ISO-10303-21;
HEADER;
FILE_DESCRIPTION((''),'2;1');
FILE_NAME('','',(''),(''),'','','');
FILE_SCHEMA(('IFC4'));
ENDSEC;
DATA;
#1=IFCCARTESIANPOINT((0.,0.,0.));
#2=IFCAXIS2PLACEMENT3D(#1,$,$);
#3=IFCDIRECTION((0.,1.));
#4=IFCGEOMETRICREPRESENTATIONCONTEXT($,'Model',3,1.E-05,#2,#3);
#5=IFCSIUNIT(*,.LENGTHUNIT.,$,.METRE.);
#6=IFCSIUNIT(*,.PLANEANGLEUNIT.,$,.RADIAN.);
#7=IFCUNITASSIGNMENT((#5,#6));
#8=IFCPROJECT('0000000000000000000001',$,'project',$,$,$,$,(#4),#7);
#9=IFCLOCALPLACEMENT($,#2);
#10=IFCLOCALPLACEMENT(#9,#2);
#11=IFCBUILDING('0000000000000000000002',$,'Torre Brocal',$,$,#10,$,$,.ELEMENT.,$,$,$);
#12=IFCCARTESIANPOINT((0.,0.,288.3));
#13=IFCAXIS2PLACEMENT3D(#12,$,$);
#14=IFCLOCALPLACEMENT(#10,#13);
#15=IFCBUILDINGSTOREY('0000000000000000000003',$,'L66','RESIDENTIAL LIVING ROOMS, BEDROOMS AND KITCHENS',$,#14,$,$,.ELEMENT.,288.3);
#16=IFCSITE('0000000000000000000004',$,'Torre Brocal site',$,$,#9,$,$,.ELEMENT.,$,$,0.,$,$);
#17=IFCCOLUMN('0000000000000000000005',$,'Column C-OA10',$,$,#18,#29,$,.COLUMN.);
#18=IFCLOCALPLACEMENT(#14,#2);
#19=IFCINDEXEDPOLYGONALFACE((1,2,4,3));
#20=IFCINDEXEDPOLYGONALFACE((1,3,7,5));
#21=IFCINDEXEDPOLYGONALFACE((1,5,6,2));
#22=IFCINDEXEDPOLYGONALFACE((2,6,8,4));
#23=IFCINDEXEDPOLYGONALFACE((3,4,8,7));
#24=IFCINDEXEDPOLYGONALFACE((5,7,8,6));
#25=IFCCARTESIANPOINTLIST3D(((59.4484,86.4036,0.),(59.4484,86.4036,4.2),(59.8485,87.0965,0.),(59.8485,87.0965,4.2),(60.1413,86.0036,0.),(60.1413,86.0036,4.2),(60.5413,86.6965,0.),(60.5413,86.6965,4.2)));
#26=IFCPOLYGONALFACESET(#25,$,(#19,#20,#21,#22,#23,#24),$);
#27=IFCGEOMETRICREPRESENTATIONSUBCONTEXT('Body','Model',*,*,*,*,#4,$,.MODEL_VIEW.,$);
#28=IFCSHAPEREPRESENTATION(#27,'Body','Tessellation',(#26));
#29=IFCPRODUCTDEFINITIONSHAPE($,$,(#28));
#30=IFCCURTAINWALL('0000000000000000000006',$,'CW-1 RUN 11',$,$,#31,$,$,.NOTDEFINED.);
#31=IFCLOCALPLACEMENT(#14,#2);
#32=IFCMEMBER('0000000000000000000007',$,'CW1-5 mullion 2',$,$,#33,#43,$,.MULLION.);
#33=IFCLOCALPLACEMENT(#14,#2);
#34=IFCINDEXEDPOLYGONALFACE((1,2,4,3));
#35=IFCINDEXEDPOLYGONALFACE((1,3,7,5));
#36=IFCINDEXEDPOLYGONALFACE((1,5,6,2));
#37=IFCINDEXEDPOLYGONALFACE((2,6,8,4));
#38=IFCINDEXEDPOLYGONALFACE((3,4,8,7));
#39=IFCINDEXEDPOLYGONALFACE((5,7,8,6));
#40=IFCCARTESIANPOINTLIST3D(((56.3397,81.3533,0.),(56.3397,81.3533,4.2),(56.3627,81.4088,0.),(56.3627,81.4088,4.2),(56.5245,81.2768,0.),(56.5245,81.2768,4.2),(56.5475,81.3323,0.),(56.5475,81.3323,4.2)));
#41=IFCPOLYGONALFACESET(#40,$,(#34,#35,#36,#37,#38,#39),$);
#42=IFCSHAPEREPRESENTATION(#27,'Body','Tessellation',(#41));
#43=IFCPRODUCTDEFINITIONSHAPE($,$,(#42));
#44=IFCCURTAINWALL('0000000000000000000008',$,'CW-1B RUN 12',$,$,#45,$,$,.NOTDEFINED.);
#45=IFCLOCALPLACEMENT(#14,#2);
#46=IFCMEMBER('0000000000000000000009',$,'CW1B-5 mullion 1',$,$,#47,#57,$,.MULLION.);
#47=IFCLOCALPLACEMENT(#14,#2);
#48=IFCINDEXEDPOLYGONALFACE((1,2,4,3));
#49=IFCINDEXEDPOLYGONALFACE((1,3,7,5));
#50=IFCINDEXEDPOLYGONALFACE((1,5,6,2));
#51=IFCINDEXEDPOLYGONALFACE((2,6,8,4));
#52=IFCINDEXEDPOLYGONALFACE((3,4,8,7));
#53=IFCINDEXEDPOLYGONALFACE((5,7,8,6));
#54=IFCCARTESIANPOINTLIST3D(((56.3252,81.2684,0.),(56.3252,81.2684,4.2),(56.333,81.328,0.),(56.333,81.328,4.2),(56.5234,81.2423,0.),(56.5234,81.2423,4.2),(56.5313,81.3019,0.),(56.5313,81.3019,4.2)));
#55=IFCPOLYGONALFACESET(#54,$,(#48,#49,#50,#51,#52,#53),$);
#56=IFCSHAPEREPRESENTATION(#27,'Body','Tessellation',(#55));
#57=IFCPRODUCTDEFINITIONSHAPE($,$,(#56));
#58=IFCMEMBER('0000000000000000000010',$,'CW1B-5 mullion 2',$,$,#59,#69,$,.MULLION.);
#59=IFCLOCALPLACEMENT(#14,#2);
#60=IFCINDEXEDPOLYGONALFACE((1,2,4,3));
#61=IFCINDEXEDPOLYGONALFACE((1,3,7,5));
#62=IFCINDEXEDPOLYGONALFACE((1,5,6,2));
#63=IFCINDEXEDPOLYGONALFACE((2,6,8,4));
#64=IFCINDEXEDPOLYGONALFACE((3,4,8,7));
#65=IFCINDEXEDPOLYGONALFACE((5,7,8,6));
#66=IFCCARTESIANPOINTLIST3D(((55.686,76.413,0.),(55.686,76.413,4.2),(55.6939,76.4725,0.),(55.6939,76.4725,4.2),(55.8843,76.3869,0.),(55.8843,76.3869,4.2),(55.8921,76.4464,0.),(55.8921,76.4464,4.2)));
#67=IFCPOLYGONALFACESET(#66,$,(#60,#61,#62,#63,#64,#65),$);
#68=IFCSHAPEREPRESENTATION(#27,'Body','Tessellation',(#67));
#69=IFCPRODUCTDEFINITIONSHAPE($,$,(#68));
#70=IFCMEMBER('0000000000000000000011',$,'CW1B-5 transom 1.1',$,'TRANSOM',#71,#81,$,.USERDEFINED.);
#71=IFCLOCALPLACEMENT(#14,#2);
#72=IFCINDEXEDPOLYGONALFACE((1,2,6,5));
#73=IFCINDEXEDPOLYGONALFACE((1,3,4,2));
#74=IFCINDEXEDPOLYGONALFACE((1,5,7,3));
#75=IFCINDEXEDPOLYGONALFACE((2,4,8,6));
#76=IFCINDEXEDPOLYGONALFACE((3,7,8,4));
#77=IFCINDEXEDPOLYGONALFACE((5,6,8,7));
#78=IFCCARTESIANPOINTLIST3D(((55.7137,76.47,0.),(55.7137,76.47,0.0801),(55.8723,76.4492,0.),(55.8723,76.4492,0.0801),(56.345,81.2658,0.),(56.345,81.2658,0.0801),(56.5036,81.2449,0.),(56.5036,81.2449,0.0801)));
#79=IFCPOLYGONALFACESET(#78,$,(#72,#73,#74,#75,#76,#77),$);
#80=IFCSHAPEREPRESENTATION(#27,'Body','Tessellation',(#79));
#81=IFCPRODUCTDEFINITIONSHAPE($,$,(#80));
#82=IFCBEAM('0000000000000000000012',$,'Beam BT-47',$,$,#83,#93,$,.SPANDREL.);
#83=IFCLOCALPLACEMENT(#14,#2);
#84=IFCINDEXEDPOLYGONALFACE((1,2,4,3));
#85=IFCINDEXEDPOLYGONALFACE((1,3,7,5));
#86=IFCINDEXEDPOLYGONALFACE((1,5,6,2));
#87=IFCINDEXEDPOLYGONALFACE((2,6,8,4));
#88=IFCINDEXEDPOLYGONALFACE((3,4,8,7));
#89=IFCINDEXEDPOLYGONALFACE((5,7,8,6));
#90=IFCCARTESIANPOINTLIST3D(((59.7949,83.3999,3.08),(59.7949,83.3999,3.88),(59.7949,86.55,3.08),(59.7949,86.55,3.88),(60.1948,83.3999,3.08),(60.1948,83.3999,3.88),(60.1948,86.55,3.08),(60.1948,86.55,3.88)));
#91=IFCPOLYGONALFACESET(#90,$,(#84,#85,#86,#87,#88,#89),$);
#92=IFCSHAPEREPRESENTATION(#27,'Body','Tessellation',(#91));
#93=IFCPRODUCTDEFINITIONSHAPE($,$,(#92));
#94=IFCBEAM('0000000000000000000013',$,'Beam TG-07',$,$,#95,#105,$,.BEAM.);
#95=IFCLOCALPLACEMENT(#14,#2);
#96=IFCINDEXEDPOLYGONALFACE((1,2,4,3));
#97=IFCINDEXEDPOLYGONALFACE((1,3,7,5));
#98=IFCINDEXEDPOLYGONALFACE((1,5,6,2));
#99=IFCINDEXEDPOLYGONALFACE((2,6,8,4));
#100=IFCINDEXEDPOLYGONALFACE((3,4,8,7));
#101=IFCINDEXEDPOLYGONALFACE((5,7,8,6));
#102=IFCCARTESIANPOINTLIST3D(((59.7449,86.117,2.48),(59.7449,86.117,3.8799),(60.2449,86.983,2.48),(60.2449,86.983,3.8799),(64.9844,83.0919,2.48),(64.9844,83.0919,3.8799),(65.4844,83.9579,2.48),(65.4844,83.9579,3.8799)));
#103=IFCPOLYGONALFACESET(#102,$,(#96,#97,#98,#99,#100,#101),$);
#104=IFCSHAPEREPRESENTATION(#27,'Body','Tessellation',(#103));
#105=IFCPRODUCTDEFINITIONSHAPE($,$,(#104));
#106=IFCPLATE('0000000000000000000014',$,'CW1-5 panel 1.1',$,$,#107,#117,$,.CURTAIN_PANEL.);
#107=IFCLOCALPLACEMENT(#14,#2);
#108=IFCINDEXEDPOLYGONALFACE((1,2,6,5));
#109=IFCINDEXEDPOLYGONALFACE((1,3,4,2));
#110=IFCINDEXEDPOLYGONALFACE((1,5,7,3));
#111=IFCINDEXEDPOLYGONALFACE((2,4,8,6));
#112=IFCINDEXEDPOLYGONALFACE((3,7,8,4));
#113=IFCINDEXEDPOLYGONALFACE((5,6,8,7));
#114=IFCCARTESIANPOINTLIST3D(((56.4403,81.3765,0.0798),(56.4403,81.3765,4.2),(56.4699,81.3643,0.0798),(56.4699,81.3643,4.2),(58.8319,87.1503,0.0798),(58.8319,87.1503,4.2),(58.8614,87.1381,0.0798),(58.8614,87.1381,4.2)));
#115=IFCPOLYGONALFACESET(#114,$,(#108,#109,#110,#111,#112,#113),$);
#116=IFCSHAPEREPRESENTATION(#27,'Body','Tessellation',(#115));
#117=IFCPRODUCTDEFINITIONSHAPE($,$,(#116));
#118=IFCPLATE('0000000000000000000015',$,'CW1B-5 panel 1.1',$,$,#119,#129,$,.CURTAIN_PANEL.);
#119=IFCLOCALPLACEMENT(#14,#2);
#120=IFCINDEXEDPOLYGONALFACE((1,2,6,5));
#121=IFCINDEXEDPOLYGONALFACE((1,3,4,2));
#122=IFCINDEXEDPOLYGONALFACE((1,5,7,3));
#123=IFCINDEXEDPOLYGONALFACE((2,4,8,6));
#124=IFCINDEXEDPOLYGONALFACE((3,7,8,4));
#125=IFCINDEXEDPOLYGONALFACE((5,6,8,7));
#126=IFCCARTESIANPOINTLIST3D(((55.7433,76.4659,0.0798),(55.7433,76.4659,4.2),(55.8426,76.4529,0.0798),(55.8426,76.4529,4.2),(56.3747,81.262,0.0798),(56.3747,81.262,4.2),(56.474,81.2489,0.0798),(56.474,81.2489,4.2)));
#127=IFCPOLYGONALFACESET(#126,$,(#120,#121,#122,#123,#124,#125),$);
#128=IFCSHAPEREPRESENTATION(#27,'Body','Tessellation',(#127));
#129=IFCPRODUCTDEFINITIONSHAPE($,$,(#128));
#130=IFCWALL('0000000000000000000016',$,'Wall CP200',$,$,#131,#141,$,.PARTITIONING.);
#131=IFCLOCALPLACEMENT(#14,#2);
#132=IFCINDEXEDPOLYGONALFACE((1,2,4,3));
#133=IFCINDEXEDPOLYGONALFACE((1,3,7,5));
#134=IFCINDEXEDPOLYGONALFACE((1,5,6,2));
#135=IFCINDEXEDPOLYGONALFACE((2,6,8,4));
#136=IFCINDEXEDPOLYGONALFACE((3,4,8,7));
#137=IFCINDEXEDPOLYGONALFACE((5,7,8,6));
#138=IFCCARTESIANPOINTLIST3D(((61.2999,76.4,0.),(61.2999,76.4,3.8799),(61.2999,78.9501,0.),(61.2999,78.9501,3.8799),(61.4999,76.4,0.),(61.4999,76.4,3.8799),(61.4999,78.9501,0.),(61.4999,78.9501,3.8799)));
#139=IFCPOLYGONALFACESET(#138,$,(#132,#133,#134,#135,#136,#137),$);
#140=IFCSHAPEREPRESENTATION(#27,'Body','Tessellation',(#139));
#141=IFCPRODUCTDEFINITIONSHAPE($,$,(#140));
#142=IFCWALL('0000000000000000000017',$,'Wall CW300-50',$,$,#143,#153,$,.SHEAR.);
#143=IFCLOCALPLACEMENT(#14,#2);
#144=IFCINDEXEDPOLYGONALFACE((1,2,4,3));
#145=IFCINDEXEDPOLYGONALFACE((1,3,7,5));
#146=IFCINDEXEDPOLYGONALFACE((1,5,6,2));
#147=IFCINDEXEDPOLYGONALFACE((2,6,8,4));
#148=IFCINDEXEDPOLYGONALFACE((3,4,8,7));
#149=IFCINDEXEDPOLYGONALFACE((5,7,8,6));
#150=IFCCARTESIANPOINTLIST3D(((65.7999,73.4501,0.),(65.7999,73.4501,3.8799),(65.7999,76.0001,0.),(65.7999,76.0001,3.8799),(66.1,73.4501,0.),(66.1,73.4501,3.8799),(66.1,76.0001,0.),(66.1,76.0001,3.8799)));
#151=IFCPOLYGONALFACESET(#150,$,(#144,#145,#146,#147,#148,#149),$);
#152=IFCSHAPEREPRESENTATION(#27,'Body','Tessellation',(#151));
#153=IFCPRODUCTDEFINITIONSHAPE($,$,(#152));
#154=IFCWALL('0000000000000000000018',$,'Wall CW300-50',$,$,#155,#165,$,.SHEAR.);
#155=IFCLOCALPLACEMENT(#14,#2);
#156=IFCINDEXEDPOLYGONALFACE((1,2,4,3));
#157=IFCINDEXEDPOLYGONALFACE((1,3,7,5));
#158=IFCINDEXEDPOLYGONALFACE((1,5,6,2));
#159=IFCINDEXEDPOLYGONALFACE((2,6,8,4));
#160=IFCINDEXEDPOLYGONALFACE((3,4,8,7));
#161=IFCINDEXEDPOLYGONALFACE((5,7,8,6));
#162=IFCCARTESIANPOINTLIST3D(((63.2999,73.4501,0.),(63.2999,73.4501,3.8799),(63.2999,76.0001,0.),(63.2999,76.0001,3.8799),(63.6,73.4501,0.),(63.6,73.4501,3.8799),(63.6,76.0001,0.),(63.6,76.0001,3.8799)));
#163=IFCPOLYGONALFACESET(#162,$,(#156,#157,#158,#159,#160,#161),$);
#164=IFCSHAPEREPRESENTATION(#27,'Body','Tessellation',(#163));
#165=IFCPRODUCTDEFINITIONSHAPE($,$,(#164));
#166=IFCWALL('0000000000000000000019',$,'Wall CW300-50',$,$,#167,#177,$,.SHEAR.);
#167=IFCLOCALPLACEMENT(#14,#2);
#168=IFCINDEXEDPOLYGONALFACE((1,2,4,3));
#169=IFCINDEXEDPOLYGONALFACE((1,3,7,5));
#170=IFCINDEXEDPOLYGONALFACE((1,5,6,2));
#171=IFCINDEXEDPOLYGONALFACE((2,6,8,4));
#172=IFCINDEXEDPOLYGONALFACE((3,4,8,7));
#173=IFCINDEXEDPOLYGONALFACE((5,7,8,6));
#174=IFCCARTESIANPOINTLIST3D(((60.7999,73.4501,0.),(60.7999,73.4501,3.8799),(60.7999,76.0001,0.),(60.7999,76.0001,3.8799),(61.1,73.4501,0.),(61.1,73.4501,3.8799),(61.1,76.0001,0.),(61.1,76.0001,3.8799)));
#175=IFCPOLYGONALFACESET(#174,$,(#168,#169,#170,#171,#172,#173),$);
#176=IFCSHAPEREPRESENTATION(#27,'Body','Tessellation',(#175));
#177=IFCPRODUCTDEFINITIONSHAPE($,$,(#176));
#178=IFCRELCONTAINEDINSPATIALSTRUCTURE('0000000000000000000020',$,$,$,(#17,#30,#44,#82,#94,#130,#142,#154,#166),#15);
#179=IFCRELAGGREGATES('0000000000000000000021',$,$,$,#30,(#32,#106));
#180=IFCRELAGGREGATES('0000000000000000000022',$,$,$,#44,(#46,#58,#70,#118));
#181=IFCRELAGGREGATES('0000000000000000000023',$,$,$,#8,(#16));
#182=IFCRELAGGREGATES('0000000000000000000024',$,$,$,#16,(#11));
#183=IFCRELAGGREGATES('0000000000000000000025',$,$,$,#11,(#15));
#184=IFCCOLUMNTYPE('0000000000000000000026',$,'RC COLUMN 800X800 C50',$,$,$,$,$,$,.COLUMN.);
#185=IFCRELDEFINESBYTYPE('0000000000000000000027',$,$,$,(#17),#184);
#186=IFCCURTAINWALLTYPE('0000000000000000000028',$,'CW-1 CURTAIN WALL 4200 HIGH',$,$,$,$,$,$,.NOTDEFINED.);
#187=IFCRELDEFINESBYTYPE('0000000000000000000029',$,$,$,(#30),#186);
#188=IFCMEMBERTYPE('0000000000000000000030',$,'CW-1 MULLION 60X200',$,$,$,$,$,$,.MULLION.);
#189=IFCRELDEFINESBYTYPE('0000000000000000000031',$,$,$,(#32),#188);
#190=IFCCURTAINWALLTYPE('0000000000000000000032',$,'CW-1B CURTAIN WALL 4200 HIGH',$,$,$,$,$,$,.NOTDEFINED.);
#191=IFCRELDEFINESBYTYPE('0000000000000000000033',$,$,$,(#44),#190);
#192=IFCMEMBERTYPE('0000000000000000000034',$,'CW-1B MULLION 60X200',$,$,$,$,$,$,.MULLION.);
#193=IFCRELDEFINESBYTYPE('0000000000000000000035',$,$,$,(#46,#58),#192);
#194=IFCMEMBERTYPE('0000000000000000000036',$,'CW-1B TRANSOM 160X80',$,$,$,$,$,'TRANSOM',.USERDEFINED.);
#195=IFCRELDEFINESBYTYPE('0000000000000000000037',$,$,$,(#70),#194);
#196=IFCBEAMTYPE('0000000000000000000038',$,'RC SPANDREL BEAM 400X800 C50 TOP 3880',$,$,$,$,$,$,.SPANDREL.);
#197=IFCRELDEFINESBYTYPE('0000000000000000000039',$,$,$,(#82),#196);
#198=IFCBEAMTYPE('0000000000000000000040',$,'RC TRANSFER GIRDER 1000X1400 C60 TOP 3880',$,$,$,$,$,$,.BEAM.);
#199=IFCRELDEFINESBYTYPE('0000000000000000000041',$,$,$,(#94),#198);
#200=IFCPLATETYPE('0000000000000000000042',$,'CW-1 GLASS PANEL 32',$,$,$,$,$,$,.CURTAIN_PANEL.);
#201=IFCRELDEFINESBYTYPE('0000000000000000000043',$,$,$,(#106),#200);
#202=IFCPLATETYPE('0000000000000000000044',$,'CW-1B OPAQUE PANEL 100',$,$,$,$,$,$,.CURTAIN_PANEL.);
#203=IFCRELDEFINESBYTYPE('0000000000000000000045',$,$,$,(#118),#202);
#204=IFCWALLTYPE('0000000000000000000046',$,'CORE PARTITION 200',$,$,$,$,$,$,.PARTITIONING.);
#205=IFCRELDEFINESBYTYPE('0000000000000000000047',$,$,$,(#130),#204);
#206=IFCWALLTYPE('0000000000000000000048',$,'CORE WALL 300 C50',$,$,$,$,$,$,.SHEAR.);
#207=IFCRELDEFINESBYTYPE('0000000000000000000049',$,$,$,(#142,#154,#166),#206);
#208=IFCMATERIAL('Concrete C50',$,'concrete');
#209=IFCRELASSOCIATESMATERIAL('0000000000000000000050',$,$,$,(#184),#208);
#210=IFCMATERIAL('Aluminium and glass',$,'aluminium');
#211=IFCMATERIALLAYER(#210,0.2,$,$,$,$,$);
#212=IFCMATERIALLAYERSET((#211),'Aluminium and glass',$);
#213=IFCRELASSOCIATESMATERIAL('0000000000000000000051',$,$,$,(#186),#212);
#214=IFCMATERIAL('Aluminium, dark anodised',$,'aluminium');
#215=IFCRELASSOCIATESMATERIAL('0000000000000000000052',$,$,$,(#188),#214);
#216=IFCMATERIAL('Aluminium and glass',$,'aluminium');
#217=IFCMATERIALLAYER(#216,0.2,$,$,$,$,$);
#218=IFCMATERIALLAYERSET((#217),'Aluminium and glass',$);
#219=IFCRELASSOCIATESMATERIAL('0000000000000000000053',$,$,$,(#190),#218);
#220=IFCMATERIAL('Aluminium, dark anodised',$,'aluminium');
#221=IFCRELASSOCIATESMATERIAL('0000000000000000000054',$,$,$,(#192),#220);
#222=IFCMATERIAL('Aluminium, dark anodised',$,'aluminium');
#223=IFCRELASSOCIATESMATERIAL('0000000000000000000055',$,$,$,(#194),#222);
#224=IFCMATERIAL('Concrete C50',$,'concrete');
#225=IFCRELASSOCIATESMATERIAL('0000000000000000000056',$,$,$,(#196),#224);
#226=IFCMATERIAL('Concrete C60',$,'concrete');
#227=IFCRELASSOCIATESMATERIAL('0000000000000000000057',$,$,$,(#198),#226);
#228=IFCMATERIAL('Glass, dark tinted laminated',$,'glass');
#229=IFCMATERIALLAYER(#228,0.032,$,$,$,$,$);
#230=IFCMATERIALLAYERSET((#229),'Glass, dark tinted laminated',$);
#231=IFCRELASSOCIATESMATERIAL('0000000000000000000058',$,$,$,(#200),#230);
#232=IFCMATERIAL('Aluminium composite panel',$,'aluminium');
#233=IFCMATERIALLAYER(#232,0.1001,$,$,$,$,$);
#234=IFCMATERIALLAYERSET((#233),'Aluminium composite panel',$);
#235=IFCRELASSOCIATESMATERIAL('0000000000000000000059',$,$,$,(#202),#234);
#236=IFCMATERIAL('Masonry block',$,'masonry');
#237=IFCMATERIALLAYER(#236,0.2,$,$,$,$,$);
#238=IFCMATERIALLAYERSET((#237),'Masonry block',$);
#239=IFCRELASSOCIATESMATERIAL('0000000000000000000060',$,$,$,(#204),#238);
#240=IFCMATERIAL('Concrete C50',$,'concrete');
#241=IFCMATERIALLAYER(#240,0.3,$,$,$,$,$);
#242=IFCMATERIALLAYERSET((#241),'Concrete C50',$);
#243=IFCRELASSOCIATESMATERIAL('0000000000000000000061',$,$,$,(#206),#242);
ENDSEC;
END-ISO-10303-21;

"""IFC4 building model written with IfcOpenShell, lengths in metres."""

from ifc_helpers import new_model, si_unit, direction, frame, frame_2d, origin, origin_2d, place, context, subcontext, project, spatial, rectangle, extrude, material, layer, layer_set, material_profile, profile_set, type_object, element, aggregate, save


model = new_model("IFC4")

# Units and contexts
model_context = context("Model", 3, precision=1e-05, world=origin(), true_north=direction((0.0, 1.0)))
body_context = subcontext(model_context, "Body", "Model", "MODEL_VIEW")
ifc_project = project(units=[si_unit("LENGTHUNIT", "METRE"), si_unit("PLANEANGLEUNIT", "RADIAN")], contexts=[model_context])

# Site, building, storey
site_placement = place(None, origin())
site = spatial("IfcSite", under=ifc_project, at=site_placement, Name="Torre Brocal site", CompositionType="ELEMENT", RefElevation=0.0)
building_placement = place(site_placement, origin())
building = spatial("IfcBuilding", under=site, at=building_placement, Name="Torre Brocal", CompositionType="ELEMENT")
storey_placement = place(building_placement, frame((0.0, 0.0, 288.3)))
storey = spatial("IfcBuildingStorey", under=building, at=storey_placement, Name="L66", Description="RESIDENTIAL LIVING ROOMS, BEDROOMS AND KITCHENS", CompositionType="ELEMENT", Elevation=288.3)

# Column
ifc_material_1 = material(Name="Concrete C50", Category="concrete")
ifc_material_profile_1 = material_profile(ifc_material_1, rectangle(XDim=0.8, YDim=0.8, at=origin_2d()), Name="RC 800X800")
ifc_profile_set_1 = profile_set([ifc_material_profile_1], Name="Concrete C50")
column_type = type_object("IfcColumnType", Name="RC COLUMN 800X800 C50", PredefinedType="COLUMN", material=ifc_profile_set_1)
column_placement = place(storey_placement, frame((59.9949, 86.55, 0.0), z_axis=(0.0, 0.0, 1.0), x_axis=(-0.866025, 0.5, 0.0)))
element("IfcColumn", 1, at=column_placement, inside=storey, type_object=column_type, Name="Column C-OA10", PredefinedType="COLUMN", context=body_context, shape_type="SweptSolid", body=[
    extrude(rectangle(XDim=0.8, YDim=0.8, at=origin_2d()), origin(), (0.0, 0.0, 1.0), 4.2),
])

# Curtain wall, member
ifc_material_2 = material(Name="Aluminium and glass", Category="aluminium")
ifc_layer_1 = layer(ifc_material_2, 0.2)
ifc_layer_set_1 = layer_set([ifc_layer_1], Name="Aluminium and glass")
curtain_wall_type_1 = type_object("IfcCurtainWallType", Name="CW-1 CURTAIN WALL 4200 HIGH", PredefinedType="NOTDEFINED", material=ifc_layer_set_1)
curtain_wall_1_placement = place(storey_placement, origin())
curtain_wall_1 = element("IfcCurtainWall", 2, at=curtain_wall_1_placement, inside=storey, type_object=curtain_wall_type_1, Name="CW-1 RUN 11", PredefinedType="NOTDEFINED")
ifc_material_3 = material(Name="Aluminium, dark anodised", Category="aluminium")
ifc_material_profile_2 = material_profile(ifc_material_3, rectangle(XDim=0.2, YDim=0.0601, at=origin_2d()), Name="CW-1 MULLION 60X200")
ifc_profile_set_2 = profile_set([ifc_material_profile_2], Name="Aluminium, dark anodised")
member_type_1 = type_object("IfcMemberType", Name="CW-1 MULLION 60X200", PredefinedType="MULLION", material=ifc_profile_set_2)
member_1_placement = place(storey_placement, frame((56.4436, 81.3428, 0.0), z_axis=(0.0, 0.0, 1.0), x_axis=(0.92388, -0.382683, 0.0)))
member_1 = element("IfcMember", 3, at=member_1_placement, type_object=member_type_1, Name="CW1-5 mullion 2", PredefinedType="MULLION", context=body_context, shape_type="SweptSolid", body=[
    extrude(rectangle(XDim=0.2, YDim=0.0601, at=origin_2d()), origin(), (0.0, 0.0, 1.0), 4.2),
])

# Curtain wall, members
ifc_material_4 = material(Name="Aluminium and glass", Category="aluminium")
ifc_layer_2 = layer(ifc_material_4, 0.2)
ifc_layer_set_2 = layer_set([ifc_layer_2], Name="Aluminium and glass")
curtain_wall_type_2 = type_object("IfcCurtainWallType", Name="CW-1B CURTAIN WALL 4200 HIGH", PredefinedType="NOTDEFINED", material=ifc_layer_set_2)
curtain_wall_2_placement = place(storey_placement, origin())
curtain_wall_2 = element("IfcCurtainWall", 4, at=curtain_wall_2_placement, inside=storey, type_object=curtain_wall_type_2, Name="CW-1B RUN 12", PredefinedType="NOTDEFINED")
ifc_material_5 = material(Name="Aluminium, dark anodised", Category="aluminium")
ifc_material_profile_3 = material_profile(ifc_material_5, rectangle(XDim=0.2, YDim=0.0601, at=origin_2d()), Name="CW-1B MULLION 60X200")
ifc_profile_set_3 = profile_set([ifc_material_profile_3], Name="Aluminium, dark anodised")
member_type_2 = type_object("IfcMemberType", Name="CW-1B MULLION 60X200", PredefinedType="MULLION", material=ifc_profile_set_3)
member_2_placement = place(storey_placement, frame((56.4282, 81.2852, 0.0), z_axis=(0.0, 0.0, 1.0), x_axis=(0.991445, -0.130526, 0.0)))
member_2 = element("IfcMember", 5, at=member_2_placement, type_object=member_type_2, Name="CW1B-5 mullion 1", PredefinedType="MULLION", context=body_context, shape_type="SweptSolid", body=[
    extrude(rectangle(XDim=0.2, YDim=0.0601, at=origin_2d()), origin(), (0.0, 0.0, 1.0), 4.2),
])
member_3_placement = place(storey_placement, frame((55.7891, 76.4297, 0.0), z_axis=(0.0, 0.0, 1.0), x_axis=(0.991445, -0.130526, 0.0)))
member_3 = element("IfcMember", 6, at=member_3_placement, type_object=member_type_2, Name="CW1B-5 mullion 2", PredefinedType="MULLION", context=body_context, shape_type="SweptSolid", body=[
    extrude(rectangle(XDim=0.2, YDim=0.0601, at=origin_2d()), origin(), (0.0, 0.0, 1.0), 4.2),
])
ifc_material_6 = material(Name="Aluminium, dark anodised", Category="aluminium")
ifc_material_profile_4 = material_profile(ifc_material_6, rectangle(XDim=0.1599, YDim=0.0801, at=origin_2d()), Name="CW-1B TRANSOM 160X80")
ifc_profile_set_4 = profile_set([ifc_material_profile_4], Name="Aluminium, dark anodised")
member_type_3 = type_object("IfcMemberType", Name="CW-1B TRANSOM 160X80", ElementType="TRANSOM", PredefinedType="USERDEFINED", material=ifc_profile_set_4)
member_4_placement = place(storey_placement, frame((56.4243, 81.2554, 0.04), z_axis=(-0.130517, -0.991446, 0.0), x_axis=(0.991446, -0.130517, 0.0)))
member_4 = element("IfcMember", 7, at=member_4_placement, type_object=member_type_3, Name="CW1B-5 transom 1.1", ObjectType="TRANSOM", PredefinedType="USERDEFINED", context=body_context, shape_type="SweptSolid", body=[
    extrude(rectangle(XDim=0.1599, YDim=0.0801, at=origin_2d()), origin(), (0.0, 0.0, 1.0), 4.8372),
])

# Beams
ifc_material_7 = material(Name="Concrete C50", Category="concrete")
ifc_material_profile_5 = material_profile(ifc_material_7, rectangle(XDim=0.3999, YDim=0.8, at=origin_2d()), Name="RC 400X800")
ifc_profile_set_5 = profile_set([ifc_material_profile_5], Name="Concrete C50")
beam_type_1 = type_object("IfcBeamType", Name="RC SPANDREL BEAM 400X800 C50 TOP 3880", PredefinedType="SPANDREL", material=ifc_profile_set_5)
beam_1_placement = place(storey_placement, frame((59.9949, 86.55, 3.48), z_axis=(0.0, -1.0, 0.0), x_axis=(1.0, 0.0, 0.0)))
element("IfcBeam", 8, at=beam_1_placement, inside=storey, type_object=beam_type_1, Name="Beam BT-47", PredefinedType="SPANDREL", context=body_context, shape_type="SweptSolid", body=[
    extrude(rectangle(XDim=0.3999, YDim=0.8, at=origin_2d()), origin(), (0.0, 0.0, 1.0), 3.1501),
])
ifc_material_8 = material(Name="Concrete C60", Category="concrete")
ifc_material_profile_6 = material_profile(ifc_material_8, rectangle(XDim=1.0, YDim=1.3999, at=origin_2d()), Name="RC 1000X1400")
ifc_profile_set_6 = profile_set([ifc_material_profile_6], Name="Concrete C60")
beam_type_2 = type_object("IfcBeamType", Name="RC TRANSFER GIRDER 1000X1400 C60 TOP 3880", PredefinedType="BEAM", material=ifc_profile_set_6)
beam_2_placement = place(storey_placement, frame((65.2344, 83.5249, 3.1799), z_axis=(-0.866017, 0.500015, 0.0), x_axis=(-0.500015, -0.866017, 0.0)))
element("IfcBeam", 9, at=beam_2_placement, inside=storey, type_object=beam_type_2, Name="Beam TG-07", PredefinedType="BEAM", context=body_context, shape_type="SweptSolid", body=[
    extrude(rectangle(XDim=1.0, YDim=1.3999, at=origin_2d()), origin(), (0.0, 0.0, 1.0), 6.05),
])

# Plates
ifc_material_9 = material(Name="Glass, dark tinted laminated", Category="glass")
ifc_layer_3 = layer(ifc_material_9, 0.032)
ifc_layer_set_3 = layer_set([ifc_layer_3], Name="Glass, dark tinted laminated")
plate_type_1 = type_object("IfcPlateType", Name="CW-1 GLASS PANEL 32", PredefinedType="CURTAIN_PANEL", material=ifc_layer_set_3)
plate_1_placement = place(storey_placement, frame((57.6509, 84.2573, 0.0798), z_axis=(0.0, 0.0, 1.0), x_axis=(-0.382683, -0.92388, 0.0)))
plate_1 = element("IfcPlate", 10, at=plate_1_placement, type_object=plate_type_1, Name="CW1-5 panel 1.1", PredefinedType="CURTAIN_PANEL", context=body_context, shape_type="SweptSolid", body=[
    extrude(rectangle(XDim=6.2495, YDim=0.032, at=origin_2d()), origin(), (0.0, 0.0, 1.0), 4.1201),
])
aggregate(curtain_wall_1, [member_1, plate_1])
ifc_material_10 = material(Name="Aluminium composite panel", Category="aluminium")
ifc_layer_4 = layer(ifc_material_10, 0.1001)
ifc_layer_set_4 = layer_set([ifc_layer_4], Name="Aluminium composite panel")
plate_type_2 = type_object("IfcPlateType", Name="CW-1B OPAQUE PANEL 100", PredefinedType="CURTAIN_PANEL", material=ifc_layer_set_4)
plate_2_placement = place(storey_placement, frame((56.1086, 78.8574, 0.0798), z_axis=(0.0, 0.0, 1.0), x_axis=(-0.130526, -0.991445, 0.0)))
plate_2 = element("IfcPlate", 11, at=plate_2_placement, type_object=plate_type_2, Name="CW1B-5 panel 1.1", PredefinedType="CURTAIN_PANEL", context=body_context, shape_type="SweptSolid", body=[
    extrude(rectangle(XDim=4.8374, YDim=0.1001, at=origin_2d()), origin(), (0.0, 0.0, 1.0), 4.1201),
])
aggregate(curtain_wall_2, [member_2, member_3, member_4, plate_2])

# Walls
ifc_material_11 = material(Name="Masonry block", Category="masonry")
ifc_layer_5 = layer(ifc_material_11, 0.2)
ifc_layer_set_5 = layer_set([ifc_layer_5], Name="Masonry block")
wall_type_1 = type_object("IfcWallType", Name="CORE PARTITION 200", PredefinedType="PARTITIONING", material=ifc_layer_set_5)
wall_1_placement = place(storey_placement, frame((61.3999, 78.95, 0.0), z_axis=(0.0, 0.0, 1.0), x_axis=(0.0, -1.0, 0.0)))
element("IfcWall", 12, at=wall_1_placement, inside=storey, type_object=wall_type_1, Name="Wall CP200", PredefinedType="PARTITIONING", context=body_context, shape_type="SweptSolid", body=[
    extrude(rectangle(XDim=2.55, YDim=0.2, at=frame_2d((1.2749, 0.0))), origin(), (0.0, 0.0, 1.0), 3.8799),
])
ifc_material_12 = material(Name="Concrete C50", Category="concrete")
ifc_layer_6 = layer(ifc_material_12, 0.3)
ifc_layer_set_6 = layer_set([ifc_layer_6], Name="Concrete C50")
wall_type_2 = type_object("IfcWallType", Name="CORE WALL 300 C50", PredefinedType="SHEAR", material=ifc_layer_set_6)
for number, where, z_axis, x_axis, name in (
    (13, (65.95, 76.0, 0.0), (0.0, 0.0, 1.0), (0.0, -1.0, 0.0), "Wall CW300-50"),
    (14, (63.45, 76.0, 0.0), (0.0, 0.0, 1.0), (0.0, -1.0, 0.0), "Wall CW300-50"),
    (15, (60.95, 76.0, 0.0), (0.0, 0.0, 1.0), (0.0, -1.0, 0.0), "Wall CW300-50"),
):
    element("IfcWall", number, at=place(storey_placement, frame(where, z_axis=z_axis, x_axis=x_axis)), inside=storey, type_object=wall_type_2, Name=name, PredefinedType="SHEAR", context=body_context, shape_type="SweptSolid", body=[
        extrude(rectangle(XDim=2.55, YDim=0.3, at=frame_2d((1.2749, 0.0))), origin(), (0.0, 0.0, 1.0), 3.8799),
    ])

save(model, "model.ifc")
